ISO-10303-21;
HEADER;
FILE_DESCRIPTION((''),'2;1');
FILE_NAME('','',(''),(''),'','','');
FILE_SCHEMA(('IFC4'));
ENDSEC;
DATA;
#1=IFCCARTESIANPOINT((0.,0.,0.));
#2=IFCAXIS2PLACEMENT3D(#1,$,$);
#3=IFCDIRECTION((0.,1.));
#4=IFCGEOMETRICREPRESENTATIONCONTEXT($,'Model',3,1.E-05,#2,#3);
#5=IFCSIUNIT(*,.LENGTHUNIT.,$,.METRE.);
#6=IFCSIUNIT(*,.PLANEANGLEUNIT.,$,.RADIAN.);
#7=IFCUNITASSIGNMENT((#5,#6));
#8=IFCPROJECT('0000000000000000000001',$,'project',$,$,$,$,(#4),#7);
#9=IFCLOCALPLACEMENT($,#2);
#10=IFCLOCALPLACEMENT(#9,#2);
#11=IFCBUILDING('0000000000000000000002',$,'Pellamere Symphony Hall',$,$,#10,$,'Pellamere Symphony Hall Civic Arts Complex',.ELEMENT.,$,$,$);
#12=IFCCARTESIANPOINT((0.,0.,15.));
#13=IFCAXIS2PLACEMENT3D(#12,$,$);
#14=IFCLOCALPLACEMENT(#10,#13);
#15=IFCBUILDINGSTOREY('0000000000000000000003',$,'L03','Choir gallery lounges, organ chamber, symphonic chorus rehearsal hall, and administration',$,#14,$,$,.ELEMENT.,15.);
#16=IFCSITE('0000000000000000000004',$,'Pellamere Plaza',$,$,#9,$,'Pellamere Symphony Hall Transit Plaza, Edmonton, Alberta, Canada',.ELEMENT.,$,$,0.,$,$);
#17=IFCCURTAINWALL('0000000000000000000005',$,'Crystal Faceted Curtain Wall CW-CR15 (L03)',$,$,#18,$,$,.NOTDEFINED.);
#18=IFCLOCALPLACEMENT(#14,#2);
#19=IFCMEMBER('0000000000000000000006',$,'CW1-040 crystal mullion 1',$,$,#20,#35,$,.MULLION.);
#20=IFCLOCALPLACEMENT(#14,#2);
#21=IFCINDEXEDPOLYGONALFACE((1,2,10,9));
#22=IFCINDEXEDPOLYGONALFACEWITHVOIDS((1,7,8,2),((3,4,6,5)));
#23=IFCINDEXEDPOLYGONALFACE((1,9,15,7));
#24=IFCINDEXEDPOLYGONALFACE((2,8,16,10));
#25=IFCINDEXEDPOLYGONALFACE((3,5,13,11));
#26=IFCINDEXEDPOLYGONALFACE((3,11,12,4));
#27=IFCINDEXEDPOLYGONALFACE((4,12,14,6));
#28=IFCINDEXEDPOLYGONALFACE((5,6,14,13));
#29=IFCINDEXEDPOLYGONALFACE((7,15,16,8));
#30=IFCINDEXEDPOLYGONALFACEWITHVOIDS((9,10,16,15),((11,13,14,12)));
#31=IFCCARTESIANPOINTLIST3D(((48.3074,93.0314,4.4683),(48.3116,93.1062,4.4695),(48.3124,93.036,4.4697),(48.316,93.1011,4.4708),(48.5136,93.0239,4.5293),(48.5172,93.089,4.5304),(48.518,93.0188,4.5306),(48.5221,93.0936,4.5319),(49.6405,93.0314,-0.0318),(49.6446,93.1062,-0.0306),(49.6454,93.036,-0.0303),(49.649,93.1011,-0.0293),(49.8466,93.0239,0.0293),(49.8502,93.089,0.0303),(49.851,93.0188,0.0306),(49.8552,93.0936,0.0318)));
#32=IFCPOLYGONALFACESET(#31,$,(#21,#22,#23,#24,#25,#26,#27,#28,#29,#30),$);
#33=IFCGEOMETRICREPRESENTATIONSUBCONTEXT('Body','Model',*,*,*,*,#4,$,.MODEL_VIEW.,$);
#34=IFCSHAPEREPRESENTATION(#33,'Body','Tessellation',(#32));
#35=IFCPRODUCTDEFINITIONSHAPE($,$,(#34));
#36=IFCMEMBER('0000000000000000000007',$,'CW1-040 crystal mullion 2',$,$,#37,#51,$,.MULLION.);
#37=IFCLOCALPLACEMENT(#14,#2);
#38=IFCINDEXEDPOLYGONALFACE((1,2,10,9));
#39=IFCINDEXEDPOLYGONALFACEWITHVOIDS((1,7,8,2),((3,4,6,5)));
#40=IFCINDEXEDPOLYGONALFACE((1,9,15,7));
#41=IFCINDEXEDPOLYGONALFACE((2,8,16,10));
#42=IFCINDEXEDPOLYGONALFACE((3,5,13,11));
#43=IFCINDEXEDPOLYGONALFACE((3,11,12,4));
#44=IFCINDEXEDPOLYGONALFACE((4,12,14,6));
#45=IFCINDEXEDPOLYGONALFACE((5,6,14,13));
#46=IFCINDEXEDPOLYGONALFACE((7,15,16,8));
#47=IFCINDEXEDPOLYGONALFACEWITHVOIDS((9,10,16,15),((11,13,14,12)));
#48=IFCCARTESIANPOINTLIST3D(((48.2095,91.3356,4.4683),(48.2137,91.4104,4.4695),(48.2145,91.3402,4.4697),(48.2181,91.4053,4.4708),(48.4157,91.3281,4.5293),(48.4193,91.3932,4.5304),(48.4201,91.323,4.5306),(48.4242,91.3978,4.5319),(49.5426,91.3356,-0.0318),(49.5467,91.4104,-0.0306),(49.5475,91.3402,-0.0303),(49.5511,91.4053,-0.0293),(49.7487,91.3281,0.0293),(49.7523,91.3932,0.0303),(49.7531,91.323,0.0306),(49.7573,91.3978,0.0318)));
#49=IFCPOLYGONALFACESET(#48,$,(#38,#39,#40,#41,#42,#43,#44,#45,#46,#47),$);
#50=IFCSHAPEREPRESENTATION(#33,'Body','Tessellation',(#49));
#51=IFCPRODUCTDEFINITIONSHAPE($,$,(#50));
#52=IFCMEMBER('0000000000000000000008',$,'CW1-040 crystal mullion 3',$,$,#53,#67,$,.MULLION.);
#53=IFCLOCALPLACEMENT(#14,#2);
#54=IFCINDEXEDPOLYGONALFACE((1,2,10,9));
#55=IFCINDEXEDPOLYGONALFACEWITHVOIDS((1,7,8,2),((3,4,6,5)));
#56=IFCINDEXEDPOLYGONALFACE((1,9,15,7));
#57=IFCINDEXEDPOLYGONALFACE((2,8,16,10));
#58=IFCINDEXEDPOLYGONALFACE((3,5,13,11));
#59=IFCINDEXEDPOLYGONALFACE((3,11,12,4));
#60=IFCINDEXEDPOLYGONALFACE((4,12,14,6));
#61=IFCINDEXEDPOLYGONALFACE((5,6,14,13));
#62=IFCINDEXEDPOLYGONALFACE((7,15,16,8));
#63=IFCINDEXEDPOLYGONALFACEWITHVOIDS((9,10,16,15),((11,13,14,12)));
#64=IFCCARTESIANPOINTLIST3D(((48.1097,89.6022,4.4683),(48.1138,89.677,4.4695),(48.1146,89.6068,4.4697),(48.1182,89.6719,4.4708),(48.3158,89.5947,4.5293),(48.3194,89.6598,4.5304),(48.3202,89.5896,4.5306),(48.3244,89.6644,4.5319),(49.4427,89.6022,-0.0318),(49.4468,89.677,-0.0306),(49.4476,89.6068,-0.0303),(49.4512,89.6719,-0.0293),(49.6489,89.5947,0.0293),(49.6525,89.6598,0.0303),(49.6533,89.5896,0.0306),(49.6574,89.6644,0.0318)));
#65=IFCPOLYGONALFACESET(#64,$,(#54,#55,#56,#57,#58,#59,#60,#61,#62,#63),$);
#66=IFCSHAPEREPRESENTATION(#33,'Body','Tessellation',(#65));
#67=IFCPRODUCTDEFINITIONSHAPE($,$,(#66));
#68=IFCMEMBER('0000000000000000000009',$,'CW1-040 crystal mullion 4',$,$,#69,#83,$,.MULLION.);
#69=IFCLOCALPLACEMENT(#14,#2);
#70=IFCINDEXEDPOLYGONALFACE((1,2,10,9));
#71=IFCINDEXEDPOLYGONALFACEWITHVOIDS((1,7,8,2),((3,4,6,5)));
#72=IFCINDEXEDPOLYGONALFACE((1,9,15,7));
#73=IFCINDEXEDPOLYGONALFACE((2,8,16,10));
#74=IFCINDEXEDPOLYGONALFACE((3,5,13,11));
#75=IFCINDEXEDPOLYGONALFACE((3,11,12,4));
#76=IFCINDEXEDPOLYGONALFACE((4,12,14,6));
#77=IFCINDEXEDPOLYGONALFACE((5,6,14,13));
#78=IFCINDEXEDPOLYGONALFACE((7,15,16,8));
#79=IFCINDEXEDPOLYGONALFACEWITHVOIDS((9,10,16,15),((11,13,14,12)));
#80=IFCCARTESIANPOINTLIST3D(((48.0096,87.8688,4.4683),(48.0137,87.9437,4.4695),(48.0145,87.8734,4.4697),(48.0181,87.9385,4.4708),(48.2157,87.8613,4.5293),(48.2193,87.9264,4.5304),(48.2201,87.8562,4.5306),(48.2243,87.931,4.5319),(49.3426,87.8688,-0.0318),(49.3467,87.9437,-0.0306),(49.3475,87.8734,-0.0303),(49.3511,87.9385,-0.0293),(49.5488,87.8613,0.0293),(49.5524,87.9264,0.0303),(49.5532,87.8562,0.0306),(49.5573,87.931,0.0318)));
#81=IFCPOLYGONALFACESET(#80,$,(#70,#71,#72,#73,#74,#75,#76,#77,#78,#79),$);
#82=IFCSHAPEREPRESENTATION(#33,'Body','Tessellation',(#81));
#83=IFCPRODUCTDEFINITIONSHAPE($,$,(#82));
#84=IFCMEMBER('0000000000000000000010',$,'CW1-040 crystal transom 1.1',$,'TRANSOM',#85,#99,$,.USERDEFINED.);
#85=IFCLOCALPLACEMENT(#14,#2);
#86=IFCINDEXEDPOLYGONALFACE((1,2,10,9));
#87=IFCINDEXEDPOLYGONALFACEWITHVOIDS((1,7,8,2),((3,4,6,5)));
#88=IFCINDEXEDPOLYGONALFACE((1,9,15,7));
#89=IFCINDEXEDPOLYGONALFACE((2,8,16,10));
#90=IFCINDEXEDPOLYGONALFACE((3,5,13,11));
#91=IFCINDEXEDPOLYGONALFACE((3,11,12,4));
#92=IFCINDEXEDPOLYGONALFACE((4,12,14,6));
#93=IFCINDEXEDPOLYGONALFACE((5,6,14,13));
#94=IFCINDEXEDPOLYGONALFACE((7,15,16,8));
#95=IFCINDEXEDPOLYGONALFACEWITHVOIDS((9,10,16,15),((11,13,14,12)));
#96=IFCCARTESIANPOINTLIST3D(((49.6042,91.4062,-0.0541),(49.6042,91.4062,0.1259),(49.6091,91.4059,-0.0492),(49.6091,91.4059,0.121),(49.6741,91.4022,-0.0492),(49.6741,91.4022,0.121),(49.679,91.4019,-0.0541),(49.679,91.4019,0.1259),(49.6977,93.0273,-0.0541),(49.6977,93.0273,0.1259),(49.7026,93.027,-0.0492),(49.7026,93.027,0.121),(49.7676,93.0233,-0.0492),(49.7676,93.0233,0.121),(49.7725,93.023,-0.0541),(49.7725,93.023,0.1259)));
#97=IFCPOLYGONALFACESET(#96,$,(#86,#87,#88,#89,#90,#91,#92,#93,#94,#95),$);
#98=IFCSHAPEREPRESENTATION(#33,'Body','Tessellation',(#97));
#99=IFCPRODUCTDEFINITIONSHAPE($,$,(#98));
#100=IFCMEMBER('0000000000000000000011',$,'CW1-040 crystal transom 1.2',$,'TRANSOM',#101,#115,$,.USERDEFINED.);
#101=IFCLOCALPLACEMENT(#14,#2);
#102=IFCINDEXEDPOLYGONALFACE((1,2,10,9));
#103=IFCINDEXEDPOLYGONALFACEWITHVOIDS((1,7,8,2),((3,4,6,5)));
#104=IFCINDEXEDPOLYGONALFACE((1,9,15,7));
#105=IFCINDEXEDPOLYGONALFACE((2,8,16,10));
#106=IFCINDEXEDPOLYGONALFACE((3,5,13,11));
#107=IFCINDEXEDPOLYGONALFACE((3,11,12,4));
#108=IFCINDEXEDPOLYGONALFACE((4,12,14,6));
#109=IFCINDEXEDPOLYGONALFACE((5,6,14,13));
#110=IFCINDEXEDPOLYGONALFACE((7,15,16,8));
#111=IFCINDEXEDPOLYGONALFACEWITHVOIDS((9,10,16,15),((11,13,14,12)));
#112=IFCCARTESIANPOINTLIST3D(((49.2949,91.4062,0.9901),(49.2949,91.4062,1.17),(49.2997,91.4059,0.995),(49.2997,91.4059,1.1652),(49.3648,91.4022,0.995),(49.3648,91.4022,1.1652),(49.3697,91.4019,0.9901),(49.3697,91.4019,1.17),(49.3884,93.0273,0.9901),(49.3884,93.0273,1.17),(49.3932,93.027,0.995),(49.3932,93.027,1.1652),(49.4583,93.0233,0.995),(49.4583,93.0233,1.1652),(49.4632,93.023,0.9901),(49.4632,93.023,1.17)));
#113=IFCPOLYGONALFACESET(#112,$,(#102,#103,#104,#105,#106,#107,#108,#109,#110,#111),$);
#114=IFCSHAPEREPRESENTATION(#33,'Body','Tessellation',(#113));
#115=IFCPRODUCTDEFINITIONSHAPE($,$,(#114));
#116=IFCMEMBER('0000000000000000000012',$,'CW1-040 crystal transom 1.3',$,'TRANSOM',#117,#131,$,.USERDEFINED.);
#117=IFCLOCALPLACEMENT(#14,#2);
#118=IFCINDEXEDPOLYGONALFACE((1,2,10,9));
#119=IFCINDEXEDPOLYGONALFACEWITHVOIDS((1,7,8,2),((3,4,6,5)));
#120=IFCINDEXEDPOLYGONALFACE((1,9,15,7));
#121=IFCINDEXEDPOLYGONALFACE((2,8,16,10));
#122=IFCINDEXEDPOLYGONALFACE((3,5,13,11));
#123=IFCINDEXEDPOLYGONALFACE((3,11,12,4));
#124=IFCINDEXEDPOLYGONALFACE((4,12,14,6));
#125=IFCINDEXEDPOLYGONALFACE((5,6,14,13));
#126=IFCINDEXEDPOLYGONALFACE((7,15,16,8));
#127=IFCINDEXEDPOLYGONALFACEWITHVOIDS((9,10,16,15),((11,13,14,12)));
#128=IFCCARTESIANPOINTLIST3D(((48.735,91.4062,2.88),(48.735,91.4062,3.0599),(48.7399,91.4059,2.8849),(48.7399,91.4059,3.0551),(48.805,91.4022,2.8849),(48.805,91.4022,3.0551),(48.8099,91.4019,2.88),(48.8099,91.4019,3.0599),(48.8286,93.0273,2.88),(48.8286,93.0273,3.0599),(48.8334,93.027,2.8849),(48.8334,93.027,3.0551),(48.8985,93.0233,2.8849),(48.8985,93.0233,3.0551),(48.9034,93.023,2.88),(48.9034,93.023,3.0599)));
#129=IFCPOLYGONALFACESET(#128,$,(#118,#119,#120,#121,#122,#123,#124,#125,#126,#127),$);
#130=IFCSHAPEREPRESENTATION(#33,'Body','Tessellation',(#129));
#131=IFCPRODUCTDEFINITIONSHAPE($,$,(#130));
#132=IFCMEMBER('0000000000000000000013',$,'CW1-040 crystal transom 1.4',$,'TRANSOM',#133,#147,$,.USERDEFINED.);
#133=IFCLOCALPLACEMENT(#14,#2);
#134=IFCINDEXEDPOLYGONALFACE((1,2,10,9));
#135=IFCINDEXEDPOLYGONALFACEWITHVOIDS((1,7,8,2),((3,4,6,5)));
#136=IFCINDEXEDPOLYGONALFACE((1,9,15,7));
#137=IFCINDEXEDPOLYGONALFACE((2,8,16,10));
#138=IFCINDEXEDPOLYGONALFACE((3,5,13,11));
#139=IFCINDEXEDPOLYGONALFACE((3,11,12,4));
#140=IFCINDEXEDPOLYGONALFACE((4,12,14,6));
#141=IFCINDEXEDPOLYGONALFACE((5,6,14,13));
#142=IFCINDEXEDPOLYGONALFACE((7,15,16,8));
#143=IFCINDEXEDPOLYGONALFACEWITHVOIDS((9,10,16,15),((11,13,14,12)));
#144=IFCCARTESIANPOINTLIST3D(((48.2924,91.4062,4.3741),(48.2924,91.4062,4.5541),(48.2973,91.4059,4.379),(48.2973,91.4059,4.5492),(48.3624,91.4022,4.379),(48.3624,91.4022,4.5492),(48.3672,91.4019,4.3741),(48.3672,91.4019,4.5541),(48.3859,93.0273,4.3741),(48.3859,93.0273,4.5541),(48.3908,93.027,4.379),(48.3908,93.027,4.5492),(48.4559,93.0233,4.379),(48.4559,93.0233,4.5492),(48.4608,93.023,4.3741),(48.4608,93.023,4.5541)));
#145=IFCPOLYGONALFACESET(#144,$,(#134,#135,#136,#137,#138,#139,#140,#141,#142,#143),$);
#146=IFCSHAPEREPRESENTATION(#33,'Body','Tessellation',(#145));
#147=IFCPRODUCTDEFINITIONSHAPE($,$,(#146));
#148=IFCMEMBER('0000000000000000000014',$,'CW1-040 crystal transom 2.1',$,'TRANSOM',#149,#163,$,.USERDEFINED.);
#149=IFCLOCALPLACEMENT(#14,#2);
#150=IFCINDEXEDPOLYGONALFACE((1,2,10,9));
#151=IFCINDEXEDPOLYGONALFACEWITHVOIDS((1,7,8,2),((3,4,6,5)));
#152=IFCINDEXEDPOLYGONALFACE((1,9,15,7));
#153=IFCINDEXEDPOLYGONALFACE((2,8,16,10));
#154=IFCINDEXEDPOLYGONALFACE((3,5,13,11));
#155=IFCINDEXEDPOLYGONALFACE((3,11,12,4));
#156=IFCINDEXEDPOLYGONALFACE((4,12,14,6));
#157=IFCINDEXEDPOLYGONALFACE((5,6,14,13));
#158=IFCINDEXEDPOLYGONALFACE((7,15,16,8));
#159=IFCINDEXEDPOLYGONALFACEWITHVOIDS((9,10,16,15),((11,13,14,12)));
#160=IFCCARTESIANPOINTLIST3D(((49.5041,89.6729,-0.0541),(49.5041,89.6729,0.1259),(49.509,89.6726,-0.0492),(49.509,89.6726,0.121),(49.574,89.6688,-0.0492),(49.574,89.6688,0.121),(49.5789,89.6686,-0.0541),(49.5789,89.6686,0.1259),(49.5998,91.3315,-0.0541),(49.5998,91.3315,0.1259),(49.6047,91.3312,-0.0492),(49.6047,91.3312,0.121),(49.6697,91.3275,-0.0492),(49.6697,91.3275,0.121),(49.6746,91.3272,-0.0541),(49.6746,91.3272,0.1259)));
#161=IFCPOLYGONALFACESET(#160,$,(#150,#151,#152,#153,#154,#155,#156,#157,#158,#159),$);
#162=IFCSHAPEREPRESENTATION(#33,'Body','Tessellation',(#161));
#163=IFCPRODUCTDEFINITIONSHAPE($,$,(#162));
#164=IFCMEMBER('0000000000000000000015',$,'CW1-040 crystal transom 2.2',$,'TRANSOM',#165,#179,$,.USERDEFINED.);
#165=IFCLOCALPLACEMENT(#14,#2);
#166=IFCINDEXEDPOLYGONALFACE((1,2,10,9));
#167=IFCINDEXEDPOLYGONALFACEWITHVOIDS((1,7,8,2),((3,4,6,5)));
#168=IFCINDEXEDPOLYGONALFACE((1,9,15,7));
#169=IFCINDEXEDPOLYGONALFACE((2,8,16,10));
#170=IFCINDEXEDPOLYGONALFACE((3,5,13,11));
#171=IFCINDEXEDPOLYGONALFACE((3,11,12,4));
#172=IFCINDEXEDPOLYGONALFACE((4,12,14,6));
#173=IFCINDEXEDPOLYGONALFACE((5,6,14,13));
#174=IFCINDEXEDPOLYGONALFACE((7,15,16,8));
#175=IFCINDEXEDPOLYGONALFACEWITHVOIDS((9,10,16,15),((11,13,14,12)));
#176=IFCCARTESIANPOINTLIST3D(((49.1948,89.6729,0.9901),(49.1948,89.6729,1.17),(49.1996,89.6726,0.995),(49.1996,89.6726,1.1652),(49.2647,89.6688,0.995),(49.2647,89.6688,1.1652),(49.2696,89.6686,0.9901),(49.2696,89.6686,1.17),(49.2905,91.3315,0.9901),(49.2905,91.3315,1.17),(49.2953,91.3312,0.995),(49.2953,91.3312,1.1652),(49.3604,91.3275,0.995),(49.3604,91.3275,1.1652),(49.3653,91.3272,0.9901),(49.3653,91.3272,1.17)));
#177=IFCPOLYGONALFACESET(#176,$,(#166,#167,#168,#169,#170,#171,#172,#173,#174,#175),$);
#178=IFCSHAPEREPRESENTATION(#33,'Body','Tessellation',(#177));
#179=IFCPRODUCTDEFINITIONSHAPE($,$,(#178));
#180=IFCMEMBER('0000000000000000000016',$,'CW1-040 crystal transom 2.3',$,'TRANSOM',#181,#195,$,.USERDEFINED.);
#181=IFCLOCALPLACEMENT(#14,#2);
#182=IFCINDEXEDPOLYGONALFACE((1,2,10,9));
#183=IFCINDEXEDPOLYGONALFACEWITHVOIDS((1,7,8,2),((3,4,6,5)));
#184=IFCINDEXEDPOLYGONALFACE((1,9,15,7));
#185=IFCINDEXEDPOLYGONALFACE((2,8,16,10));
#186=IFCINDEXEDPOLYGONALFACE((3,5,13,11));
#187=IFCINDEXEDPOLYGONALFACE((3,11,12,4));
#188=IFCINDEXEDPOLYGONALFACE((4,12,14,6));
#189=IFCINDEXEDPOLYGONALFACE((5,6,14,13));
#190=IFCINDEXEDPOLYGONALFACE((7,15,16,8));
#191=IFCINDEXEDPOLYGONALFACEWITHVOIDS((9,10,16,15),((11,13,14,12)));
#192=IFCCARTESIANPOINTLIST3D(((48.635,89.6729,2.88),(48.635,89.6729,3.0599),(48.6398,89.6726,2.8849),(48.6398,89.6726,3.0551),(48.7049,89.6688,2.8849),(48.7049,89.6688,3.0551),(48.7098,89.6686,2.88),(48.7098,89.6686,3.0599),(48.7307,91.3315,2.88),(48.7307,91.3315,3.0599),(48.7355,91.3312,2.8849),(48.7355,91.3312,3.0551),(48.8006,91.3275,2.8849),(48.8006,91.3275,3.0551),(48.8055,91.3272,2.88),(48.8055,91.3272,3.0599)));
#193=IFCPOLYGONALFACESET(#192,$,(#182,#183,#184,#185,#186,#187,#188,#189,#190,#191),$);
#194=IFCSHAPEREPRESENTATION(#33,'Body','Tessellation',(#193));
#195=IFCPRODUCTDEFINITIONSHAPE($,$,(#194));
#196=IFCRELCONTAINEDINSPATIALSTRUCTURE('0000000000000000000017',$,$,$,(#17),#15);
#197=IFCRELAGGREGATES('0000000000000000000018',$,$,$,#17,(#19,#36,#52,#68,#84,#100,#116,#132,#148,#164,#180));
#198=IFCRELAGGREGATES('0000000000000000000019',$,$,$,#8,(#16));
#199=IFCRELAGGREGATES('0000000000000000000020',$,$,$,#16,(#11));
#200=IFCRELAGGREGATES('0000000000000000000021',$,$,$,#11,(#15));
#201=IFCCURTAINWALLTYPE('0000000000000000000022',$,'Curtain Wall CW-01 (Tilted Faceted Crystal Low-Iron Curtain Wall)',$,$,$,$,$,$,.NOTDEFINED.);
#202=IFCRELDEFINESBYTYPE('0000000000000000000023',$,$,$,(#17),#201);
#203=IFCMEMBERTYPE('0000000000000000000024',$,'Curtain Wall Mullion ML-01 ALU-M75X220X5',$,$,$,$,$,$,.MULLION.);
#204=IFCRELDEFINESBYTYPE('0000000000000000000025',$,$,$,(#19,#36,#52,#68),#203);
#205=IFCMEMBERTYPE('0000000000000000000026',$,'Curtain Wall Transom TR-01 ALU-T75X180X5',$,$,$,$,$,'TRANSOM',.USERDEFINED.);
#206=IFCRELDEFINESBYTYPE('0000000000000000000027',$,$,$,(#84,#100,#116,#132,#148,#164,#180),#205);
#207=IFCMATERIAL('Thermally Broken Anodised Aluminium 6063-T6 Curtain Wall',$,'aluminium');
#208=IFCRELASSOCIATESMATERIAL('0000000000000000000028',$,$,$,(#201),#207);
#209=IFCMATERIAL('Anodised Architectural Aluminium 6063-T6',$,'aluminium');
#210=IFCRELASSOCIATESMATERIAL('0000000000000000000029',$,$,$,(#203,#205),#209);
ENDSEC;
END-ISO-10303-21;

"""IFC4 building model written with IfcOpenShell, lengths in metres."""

from ifc_helpers import new_model, si_unit, direction, frame, origin, origin_2d, place, context, subcontext, project, spatial, hollow_rectangle, extrude, material, material_profile, profile_set, type_object, element, aggregate, save


model = new_model("IFC4")

# Units and contexts
model_context = context("Model", 3, precision=1e-05, world=origin(), true_north=direction((0.0, 1.0)))
body_context = subcontext(model_context, "Body", "Model", "MODEL_VIEW")
ifc_project = project(units=[si_unit("LENGTHUNIT", "METRE"), si_unit("PLANEANGLEUNIT", "RADIAN")], contexts=[model_context])

# Site, building, storey
site_placement = place(None, origin())
site = spatial("IfcSite", under=ifc_project, at=site_placement, Name="Pellamere Plaza", LongName="Pellamere Symphony Hall Transit Plaza, Edmonton, Alberta, Canada", CompositionType="ELEMENT", RefElevation=0.0)
building_placement = place(site_placement, origin())
building = spatial("IfcBuilding", under=site, at=building_placement, Name="Pellamere Symphony Hall", LongName="Pellamere Symphony Hall Civic Arts Complex", CompositionType="ELEMENT")
storey_placement = place(building_placement, frame((0.0, 0.0, 15.0)))
storey = spatial("IfcBuildingStorey", under=building, at=storey_placement, Name="L03", Description="Choir gallery lounges, organ chamber, symphonic chorus rehearsal hall, and administration", CompositionType="ELEMENT", Elevation=15.0)

# Curtain wall, members
ifc_material_1 = material(Name="Thermally Broken Anodised Aluminium 6063-T6 Curtain Wall", Category="aluminium")
curtain_wall_type = type_object("IfcCurtainWallType", Name="Curtain Wall CW-01 (Tilted Faceted Crystal Low-Iron Curtain Wall)", PredefinedType="NOTDEFINED", material=ifc_material_1)
curtain_wall_placement = place(storey_placement, origin())
curtain_wall = element("IfcCurtainWall", 1, at=curtain_wall_placement, inside=storey, type_object=curtain_wall_type, Name="Crystal Faceted Curtain Wall CW-CR15 (L03)", PredefinedType="NOTDEFINED")
ifc_material_2 = material(Name="Anodised Architectural Aluminium 6063-T6", Category="aluminium")
ifc_material_profile_1 = material_profile(ifc_material_2, hollow_rectangle(XDim=0.075, YDim=0.22, WallThickness=0.0049, at=origin_2d()), Name="ALU-M75X220X5")
ifc_profile_set_1 = profile_set([ifc_material_profile_1], Name="Anodised Architectural Aluminium 6063-T6")
member_type_1 = type_object("IfcMemberType", Name="Curtain Wall Mullion ML-01 ALU-M75X220X5", PredefinedType="MULLION", material=ifc_profile_set_1)
member_1_placement = place(storey_placement, frame((49.7478, 93.0625, 0.0), z_axis=(-0.284025, 0.0, 0.958817), x_axis=(-0.055225, -0.99834, -0.016359)))
member_1 = element("IfcMember", 2, at=member_1_placement, type_object=member_type_1, Name="CW1-040 crystal mullion 1", PredefinedType="MULLION", context=body_context, shape_type="SweptSolid", body=[
    extrude(hollow_rectangle(XDim=0.075, YDim=0.22, WallThickness=0.0049, at=origin_2d()), origin(), (0.0, 0.0, 1.0), 4.6934),
])
member_2_placement = place(storey_placement, frame((49.6499, 91.3667, 0.0), z_axis=(-0.284025, 0.0, 0.958817), x_axis=(-0.055225, -0.99834, -0.016359)))
member_2 = element("IfcMember", 3, at=member_2_placement, type_object=member_type_1, Name="CW1-040 crystal mullion 2", PredefinedType="MULLION", context=body_context, shape_type="SweptSolid", body=[
    extrude(hollow_rectangle(XDim=0.075, YDim=0.22, WallThickness=0.0049, at=origin_2d()), origin(), (0.0, 0.0, 1.0), 4.6934),
])
member_3_placement = place(storey_placement, frame((49.55, 89.6333, 0.0), z_axis=(-0.284025, 0.0, 0.958817), x_axis=(-0.055225, -0.99834, -0.016359)))
member_3 = element("IfcMember", 4, at=member_3_placement, type_object=member_type_1, Name="CW1-040 crystal mullion 3", PredefinedType="MULLION", context=body_context, shape_type="SweptSolid", body=[
    extrude(hollow_rectangle(XDim=0.075, YDim=0.22, WallThickness=0.0049, at=origin_2d()), origin(), (0.0, 0.0, 1.0), 4.6934),
])
member_4_placement = place(storey_placement, frame((49.45, 87.8999, 0.0), z_axis=(-0.284025, 0.0, 0.958817), x_axis=(-0.055225, -0.99834, -0.016359)))
member_4 = element("IfcMember", 5, at=member_4_placement, type_object=member_type_1, Name="CW1-040 crystal mullion 4", PredefinedType="MULLION", context=body_context, shape_type="SweptSolid", body=[
    extrude(hollow_rectangle(XDim=0.075, YDim=0.22, WallThickness=0.0049, at=origin_2d()), origin(), (0.0, 0.0, 1.0), 4.6934),
])
ifc_material_profile_2 = material_profile(ifc_material_2, hollow_rectangle(XDim=0.075, YDim=0.1799, WallThickness=0.0049, at=origin_2d()), Name="ALU-T75X180X5")
ifc_profile_set_2 = profile_set([ifc_material_profile_2], Name="Anodised Architectural Aluminium 6063-T6")
member_type_2 = type_object("IfcMemberType", Name="Curtain Wall Transom TR-01 ALU-T75X180X5", ElementType="TRANSOM", PredefinedType="USERDEFINED", material=ifc_profile_set_2)
member_5_placement = place(storey_placement, frame((49.7351, 93.0251, 0.0359), z_axis=(-0.057585, -0.998341, 0.0), x_axis=(0.998341, -0.057585, 0.0)))
member_5 = element("IfcMember", 6, at=member_5_placement, type_object=member_type_2, Name="CW1-040 crystal transom 1.1", ObjectType="TRANSOM", PredefinedType="USERDEFINED", context=body_context, shape_type="SweptSolid", body=[
    extrude(hollow_rectangle(XDim=0.075, YDim=0.1799, WallThickness=0.0049, at=origin_2d()), origin(), (0.0, 0.0, 1.0), 1.6238),
])
member_6_placement = place(storey_placement, frame((49.4258, 93.0251, 1.0801), z_axis=(-0.057585, -0.998341, 0.0), x_axis=(0.998341, -0.057585, 0.0)))
member_6 = element("IfcMember", 7, at=member_6_placement, type_object=member_type_2, Name="CW1-040 crystal transom 1.2", ObjectType="TRANSOM", PredefinedType="USERDEFINED", context=body_context, shape_type="SweptSolid", body=[
    extrude(hollow_rectangle(XDim=0.075, YDim=0.1799, WallThickness=0.0049, at=origin_2d()), origin(), (0.0, 0.0, 1.0), 1.6238),
])
member_7_placement = place(storey_placement, frame((48.866, 93.0251, 2.97), z_axis=(-0.057585, -0.998341, 0.0), x_axis=(0.998341, -0.057585, 0.0)))
member_7 = element("IfcMember", 8, at=member_7_placement, type_object=member_type_2, Name="CW1-040 crystal transom 1.3", ObjectType="TRANSOM", PredefinedType="USERDEFINED", context=body_context, shape_type="SweptSolid", body=[
    extrude(hollow_rectangle(XDim=0.075, YDim=0.1799, WallThickness=0.0049, at=origin_2d()), origin(), (0.0, 0.0, 1.0), 1.6238),
])
member_8_placement = place(storey_placement, frame((48.4233, 93.0251, 4.4641), z_axis=(-0.057585, -0.998341, 0.0), x_axis=(0.998341, -0.057585, 0.0)))
member_8 = element("IfcMember", 9, at=member_8_placement, type_object=member_type_2, Name="CW1-040 crystal transom 1.4", ObjectType="TRANSOM", PredefinedType="USERDEFINED", context=body_context, shape_type="SweptSolid", body=[
    extrude(hollow_rectangle(XDim=0.075, YDim=0.1799, WallThickness=0.0049, at=origin_2d()), origin(), (0.0, 0.0, 1.0), 1.6238),
])
member_9_placement = place(storey_placement, frame((49.6372, 91.3293, 0.0359), z_axis=(-0.057602, -0.99834, 0.0), x_axis=(0.99834, -0.057602, 0.0)))
member_9 = element("IfcMember", 10, at=member_9_placement, type_object=member_type_2, Name="CW1-040 crystal transom 2.1", ObjectType="TRANSOM", PredefinedType="USERDEFINED", context=body_context, shape_type="SweptSolid", body=[
    extrude(hollow_rectangle(XDim=0.075, YDim=0.1799, WallThickness=0.0049, at=origin_2d()), origin(), (0.0, 0.0, 1.0), 1.6614),
])
member_10_placement = place(storey_placement, frame((49.3279, 91.3293, 1.0801), z_axis=(-0.057602, -0.99834, 0.0), x_axis=(0.99834, -0.057602, 0.0)))
member_10 = element("IfcMember", 11, at=member_10_placement, type_object=member_type_2, Name="CW1-040 crystal transom 2.2", ObjectType="TRANSOM", PredefinedType="USERDEFINED", context=body_context, shape_type="SweptSolid", body=[
    extrude(hollow_rectangle(XDim=0.075, YDim=0.1799, WallThickness=0.0049, at=origin_2d()), origin(), (0.0, 0.0, 1.0), 1.6614),
])
member_11_placement = place(storey_placement, frame((48.7681, 91.3293, 2.97), z_axis=(-0.057602, -0.99834, 0.0), x_axis=(0.99834, -0.057602, 0.0)))
member_11 = element("IfcMember", 12, at=member_11_placement, type_object=member_type_2, Name="CW1-040 crystal transom 2.3", ObjectType="TRANSOM", PredefinedType="USERDEFINED", context=body_context, shape_type="SweptSolid", body=[
    extrude(hollow_rectangle(XDim=0.075, YDim=0.1799, WallThickness=0.0049, at=origin_2d()), origin(), (0.0, 0.0, 1.0), 1.6614),
])

aggregate(curtain_wall, [member_1, member_2, member_3, member_4, member_5, member_6, member_7, member_8, member_9, member_10, member_11])

save(model, "model.ifc")
